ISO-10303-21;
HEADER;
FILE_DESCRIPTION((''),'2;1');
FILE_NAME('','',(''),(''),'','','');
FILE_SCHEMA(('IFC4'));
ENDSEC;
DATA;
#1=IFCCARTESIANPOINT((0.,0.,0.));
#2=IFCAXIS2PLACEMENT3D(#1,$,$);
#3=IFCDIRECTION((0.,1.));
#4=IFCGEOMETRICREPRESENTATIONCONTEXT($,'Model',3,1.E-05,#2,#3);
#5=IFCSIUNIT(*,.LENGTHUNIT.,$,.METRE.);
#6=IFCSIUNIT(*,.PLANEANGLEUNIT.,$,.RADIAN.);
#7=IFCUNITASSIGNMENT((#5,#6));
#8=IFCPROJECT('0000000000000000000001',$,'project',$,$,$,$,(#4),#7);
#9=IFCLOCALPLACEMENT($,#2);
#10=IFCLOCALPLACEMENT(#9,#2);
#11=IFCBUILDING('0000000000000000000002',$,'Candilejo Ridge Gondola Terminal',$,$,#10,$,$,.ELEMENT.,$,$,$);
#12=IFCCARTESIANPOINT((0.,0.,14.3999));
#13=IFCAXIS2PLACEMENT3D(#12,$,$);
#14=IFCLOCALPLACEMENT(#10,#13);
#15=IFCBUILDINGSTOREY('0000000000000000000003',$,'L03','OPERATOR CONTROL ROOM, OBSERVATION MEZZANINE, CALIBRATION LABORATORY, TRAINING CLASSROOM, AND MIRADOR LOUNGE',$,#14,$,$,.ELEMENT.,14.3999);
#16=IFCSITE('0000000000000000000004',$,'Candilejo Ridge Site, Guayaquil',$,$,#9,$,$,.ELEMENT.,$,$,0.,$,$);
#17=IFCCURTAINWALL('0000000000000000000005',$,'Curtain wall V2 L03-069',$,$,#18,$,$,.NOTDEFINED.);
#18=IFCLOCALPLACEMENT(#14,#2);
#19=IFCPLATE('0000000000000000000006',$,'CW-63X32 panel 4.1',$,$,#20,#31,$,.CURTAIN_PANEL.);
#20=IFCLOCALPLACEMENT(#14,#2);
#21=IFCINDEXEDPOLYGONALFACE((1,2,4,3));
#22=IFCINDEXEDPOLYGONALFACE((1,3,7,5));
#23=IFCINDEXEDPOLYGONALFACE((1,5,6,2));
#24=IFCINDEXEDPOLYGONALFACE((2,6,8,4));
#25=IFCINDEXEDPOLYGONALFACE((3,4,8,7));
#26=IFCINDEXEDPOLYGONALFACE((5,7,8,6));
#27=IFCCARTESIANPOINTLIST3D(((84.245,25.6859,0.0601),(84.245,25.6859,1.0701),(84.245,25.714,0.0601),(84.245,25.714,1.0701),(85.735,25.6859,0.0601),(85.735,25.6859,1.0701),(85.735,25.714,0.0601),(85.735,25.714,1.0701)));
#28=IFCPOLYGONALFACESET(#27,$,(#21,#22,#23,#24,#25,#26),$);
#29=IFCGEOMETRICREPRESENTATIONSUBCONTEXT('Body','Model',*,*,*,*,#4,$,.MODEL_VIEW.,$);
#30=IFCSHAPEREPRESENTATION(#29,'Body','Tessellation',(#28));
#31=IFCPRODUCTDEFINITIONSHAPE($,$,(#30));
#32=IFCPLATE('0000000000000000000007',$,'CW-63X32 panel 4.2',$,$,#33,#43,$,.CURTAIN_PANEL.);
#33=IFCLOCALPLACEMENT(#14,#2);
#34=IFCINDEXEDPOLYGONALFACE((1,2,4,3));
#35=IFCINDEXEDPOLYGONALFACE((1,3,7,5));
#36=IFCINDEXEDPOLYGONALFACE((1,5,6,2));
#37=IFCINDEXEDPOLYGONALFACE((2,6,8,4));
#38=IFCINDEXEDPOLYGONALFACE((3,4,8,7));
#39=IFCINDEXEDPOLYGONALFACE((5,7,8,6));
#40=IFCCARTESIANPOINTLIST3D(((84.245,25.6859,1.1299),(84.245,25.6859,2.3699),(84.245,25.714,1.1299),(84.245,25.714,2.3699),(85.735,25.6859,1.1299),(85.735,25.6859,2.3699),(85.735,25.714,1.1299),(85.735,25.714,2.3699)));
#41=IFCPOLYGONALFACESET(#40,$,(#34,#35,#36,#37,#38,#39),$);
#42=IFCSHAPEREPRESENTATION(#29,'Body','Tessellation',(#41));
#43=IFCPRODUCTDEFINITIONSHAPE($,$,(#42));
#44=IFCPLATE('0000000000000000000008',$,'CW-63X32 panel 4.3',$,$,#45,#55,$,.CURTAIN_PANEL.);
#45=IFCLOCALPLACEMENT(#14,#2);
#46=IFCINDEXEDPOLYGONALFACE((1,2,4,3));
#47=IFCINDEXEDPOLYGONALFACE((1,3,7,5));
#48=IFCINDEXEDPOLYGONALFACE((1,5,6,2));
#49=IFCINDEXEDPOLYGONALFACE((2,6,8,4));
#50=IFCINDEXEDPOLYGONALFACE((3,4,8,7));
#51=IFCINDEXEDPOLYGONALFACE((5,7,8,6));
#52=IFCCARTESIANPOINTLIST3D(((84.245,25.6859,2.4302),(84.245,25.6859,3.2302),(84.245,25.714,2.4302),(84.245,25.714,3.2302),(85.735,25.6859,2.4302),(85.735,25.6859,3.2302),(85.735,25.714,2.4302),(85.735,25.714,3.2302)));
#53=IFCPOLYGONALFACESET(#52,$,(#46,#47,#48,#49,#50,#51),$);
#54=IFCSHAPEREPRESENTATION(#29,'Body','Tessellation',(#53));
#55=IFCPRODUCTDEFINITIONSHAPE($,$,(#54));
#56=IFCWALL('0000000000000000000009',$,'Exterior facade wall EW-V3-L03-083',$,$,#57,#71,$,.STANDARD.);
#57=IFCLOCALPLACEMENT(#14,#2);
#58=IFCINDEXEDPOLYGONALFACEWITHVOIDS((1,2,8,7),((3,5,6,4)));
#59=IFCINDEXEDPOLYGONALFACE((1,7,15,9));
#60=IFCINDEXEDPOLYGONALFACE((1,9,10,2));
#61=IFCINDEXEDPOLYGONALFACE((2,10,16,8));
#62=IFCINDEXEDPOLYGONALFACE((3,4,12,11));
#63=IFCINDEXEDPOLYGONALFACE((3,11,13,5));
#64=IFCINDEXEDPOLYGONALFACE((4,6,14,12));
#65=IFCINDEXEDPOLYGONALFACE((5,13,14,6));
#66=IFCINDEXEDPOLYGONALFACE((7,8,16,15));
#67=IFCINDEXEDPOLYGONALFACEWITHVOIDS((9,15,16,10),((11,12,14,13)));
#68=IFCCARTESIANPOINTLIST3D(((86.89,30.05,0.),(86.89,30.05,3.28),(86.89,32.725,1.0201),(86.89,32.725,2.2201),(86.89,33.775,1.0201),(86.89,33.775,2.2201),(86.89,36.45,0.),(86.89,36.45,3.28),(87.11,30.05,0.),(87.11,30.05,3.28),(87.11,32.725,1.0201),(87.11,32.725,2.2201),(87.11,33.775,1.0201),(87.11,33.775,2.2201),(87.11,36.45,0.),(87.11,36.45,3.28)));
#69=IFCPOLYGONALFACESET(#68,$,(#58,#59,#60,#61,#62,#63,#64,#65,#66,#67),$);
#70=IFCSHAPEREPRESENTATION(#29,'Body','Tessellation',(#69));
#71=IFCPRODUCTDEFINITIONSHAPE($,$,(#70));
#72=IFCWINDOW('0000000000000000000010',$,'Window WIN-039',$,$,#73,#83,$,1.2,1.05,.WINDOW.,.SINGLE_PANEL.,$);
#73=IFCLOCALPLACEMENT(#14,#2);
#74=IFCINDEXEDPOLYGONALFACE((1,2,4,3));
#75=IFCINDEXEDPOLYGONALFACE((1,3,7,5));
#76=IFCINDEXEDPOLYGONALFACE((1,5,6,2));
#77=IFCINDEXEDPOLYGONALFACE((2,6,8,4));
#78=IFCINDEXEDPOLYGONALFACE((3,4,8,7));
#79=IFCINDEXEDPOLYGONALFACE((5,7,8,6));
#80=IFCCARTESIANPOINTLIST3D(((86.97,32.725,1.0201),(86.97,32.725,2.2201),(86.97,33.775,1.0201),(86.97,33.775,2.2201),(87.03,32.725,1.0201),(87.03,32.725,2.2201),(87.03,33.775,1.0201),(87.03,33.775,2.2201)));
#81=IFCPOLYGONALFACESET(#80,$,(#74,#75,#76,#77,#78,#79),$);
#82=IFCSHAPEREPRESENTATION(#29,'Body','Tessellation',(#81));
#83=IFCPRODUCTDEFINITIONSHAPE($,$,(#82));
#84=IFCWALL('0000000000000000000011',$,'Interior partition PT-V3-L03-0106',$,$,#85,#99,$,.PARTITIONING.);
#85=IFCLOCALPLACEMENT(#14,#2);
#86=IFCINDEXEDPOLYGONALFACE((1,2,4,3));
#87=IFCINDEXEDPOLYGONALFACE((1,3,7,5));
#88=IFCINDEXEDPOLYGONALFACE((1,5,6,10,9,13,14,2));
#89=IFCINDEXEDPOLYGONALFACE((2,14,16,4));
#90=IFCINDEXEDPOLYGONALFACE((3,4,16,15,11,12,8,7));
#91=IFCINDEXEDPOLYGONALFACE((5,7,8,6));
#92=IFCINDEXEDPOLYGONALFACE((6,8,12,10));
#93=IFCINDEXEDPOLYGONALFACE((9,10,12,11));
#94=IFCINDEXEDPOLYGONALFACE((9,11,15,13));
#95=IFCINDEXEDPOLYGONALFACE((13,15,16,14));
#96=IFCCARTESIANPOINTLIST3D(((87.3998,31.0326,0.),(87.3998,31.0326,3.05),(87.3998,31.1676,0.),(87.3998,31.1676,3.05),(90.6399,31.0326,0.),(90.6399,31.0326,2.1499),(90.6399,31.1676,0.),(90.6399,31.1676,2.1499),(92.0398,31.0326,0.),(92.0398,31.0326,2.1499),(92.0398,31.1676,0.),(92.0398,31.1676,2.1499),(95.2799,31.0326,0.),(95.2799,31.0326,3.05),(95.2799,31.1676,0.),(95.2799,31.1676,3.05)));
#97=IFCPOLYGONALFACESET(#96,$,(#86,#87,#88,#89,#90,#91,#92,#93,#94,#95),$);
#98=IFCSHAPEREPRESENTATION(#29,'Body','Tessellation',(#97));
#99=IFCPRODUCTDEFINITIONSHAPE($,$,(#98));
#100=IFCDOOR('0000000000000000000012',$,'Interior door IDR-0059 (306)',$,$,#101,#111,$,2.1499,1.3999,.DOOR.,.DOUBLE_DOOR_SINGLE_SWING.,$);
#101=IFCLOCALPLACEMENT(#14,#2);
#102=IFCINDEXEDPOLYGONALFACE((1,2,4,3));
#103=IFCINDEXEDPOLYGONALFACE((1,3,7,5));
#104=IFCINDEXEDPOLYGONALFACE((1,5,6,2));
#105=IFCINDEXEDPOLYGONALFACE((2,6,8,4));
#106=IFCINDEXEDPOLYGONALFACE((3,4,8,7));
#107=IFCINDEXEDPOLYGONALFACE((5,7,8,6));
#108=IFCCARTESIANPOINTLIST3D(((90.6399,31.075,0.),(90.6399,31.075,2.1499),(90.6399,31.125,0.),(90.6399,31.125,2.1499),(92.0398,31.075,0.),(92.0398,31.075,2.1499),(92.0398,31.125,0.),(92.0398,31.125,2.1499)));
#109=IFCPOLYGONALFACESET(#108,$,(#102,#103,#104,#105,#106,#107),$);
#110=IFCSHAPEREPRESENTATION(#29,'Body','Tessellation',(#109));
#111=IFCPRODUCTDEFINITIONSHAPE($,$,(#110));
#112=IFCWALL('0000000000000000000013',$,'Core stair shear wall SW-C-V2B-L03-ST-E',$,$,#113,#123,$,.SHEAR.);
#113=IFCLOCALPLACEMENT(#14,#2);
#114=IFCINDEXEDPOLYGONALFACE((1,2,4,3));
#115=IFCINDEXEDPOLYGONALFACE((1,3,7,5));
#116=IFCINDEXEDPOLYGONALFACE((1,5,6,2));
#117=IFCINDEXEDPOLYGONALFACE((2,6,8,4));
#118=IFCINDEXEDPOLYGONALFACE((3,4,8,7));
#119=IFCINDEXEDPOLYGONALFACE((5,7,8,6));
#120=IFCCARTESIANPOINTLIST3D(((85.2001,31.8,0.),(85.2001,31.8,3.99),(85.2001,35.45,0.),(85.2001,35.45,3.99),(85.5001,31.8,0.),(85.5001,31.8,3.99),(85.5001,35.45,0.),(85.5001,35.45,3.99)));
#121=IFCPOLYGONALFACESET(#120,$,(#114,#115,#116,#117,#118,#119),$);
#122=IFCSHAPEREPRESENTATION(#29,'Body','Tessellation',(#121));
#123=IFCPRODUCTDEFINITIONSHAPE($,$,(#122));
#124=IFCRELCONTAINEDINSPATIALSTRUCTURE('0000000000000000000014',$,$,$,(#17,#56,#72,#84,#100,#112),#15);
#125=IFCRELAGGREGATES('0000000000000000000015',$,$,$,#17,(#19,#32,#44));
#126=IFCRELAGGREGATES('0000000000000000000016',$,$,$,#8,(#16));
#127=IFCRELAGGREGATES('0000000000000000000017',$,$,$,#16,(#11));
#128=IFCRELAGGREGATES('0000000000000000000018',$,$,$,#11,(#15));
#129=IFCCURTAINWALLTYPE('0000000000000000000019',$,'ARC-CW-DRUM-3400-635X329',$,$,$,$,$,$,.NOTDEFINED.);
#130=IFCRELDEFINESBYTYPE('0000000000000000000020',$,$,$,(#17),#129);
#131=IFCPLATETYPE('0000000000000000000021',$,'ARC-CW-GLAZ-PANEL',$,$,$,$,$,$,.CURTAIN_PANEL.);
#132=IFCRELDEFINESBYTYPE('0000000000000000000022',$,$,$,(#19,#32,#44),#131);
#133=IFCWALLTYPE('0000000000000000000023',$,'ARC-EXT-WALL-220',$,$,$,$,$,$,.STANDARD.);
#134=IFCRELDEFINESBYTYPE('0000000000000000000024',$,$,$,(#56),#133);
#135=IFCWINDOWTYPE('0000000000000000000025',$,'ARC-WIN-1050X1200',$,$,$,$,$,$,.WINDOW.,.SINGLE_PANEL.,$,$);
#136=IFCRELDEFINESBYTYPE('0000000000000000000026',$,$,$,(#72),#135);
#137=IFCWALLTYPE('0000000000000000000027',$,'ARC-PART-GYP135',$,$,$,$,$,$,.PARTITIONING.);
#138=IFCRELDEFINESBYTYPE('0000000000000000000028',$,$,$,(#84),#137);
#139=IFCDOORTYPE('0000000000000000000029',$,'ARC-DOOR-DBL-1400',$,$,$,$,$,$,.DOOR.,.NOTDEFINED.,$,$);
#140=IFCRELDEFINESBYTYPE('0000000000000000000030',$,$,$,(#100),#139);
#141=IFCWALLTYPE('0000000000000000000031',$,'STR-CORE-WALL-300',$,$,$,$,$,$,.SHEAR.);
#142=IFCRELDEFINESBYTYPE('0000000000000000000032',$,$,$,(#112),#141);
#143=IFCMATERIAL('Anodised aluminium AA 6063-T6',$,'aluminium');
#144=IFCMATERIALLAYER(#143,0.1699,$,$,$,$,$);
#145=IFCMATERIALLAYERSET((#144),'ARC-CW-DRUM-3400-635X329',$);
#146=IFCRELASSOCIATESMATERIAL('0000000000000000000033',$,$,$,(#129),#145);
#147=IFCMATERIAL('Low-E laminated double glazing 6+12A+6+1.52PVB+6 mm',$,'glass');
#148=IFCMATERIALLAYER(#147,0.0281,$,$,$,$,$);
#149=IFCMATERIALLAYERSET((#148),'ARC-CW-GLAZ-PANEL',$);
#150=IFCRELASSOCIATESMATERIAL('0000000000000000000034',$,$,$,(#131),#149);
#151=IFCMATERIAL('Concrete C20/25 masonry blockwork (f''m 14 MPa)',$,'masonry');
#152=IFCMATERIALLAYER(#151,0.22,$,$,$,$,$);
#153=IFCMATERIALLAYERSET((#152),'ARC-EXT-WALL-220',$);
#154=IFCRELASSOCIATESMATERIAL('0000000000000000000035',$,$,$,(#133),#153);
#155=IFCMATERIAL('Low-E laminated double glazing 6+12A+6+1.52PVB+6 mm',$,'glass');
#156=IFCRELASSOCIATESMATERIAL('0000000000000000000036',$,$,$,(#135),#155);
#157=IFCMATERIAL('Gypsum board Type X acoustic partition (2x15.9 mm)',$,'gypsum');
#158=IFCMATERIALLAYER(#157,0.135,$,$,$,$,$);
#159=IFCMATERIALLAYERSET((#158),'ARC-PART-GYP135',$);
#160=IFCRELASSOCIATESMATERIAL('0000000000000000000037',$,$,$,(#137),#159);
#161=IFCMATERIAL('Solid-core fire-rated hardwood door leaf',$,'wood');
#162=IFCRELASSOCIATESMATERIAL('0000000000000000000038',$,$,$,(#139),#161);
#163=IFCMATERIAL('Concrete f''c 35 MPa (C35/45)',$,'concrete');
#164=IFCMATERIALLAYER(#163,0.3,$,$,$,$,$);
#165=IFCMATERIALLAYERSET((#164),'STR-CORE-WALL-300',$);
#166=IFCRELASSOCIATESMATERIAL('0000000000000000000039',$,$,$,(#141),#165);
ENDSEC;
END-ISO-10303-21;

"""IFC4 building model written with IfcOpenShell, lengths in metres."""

from ifc_helpers import new_model, si_unit, direction, frame, frame_2d, origin, origin_2d, place, context, subcontext, project, spatial, rectangle, extrude, material, layer, layer_set, type_object, element, fill, aggregate, save


model = new_model("IFC4")

# Units and contexts
model_context = context("Model", 3, precision=1e-05, world=origin(), true_north=direction((0.0, 1.0)))
body_context = subcontext(model_context, "Body", "Model", "MODEL_VIEW")
ifc_project = project(units=[si_unit("LENGTHUNIT", "METRE"), si_unit("PLANEANGLEUNIT", "RADIAN")], contexts=[model_context])

# Site, building, storey
site_placement = place(None, origin())
site = spatial("IfcSite", under=ifc_project, at=site_placement, Name="Candilejo Ridge Site, Guayaquil", CompositionType="ELEMENT", RefElevation=0.0)
building_placement = place(site_placement, origin())
building = spatial("IfcBuilding", under=site, at=building_placement, Name="Candilejo Ridge Gondola Terminal", CompositionType="ELEMENT")
storey_placement = place(building_placement, frame((0.0, 0.0, 14.3999)))
storey = spatial("IfcBuildingStorey", under=building, at=storey_placement, Name="L03", Description="OPERATOR CONTROL ROOM, OBSERVATION MEZZANINE, CALIBRATION LABORATORY, TRAINING CLASSROOM, AND MIRADOR LOUNGE", CompositionType="ELEMENT", Elevation=14.3999)

# Curtain wall
ifc_material_1 = material(Name="Anodised aluminium AA 6063-T6", Category="aluminium")
ifc_layer_1 = layer(ifc_material_1, 0.1699)
ifc_layer_set_1 = layer_set([ifc_layer_1], Name="ARC-CW-DRUM-3400-635X329")
curtain_wall_type = type_object("IfcCurtainWallType", Name="ARC-CW-DRUM-3400-635X329", PredefinedType="NOTDEFINED", material=ifc_layer_set_1)
curtain_wall_placement = place(storey_placement, origin())
curtain_wall = element("IfcCurtainWall", 1, at=curtain_wall_placement, inside=storey, type_object=curtain_wall_type, Name="Curtain wall V2 L03-069", PredefinedType="NOTDEFINED")

# Plates
ifc_material_2 = material(Name="Low-E laminated double glazing 6+12A+6+1.52PVB+6 mm", Category="glass")
ifc_layer_2 = layer(ifc_material_2, 0.0281)
ifc_layer_set_2 = layer_set([ifc_layer_2], Name="ARC-CW-GLAZ-PANEL")
plate_type = type_object("IfcPlateType", Name="ARC-CW-GLAZ-PANEL", PredefinedType="CURTAIN_PANEL", material=ifc_layer_set_2)
plate_1_placement = place(storey_placement, frame((84.99, 25.7, 0.0601), z_axis=(0.0, 0.0, 1.0), x_axis=(1.0, 0.0, 0.0)))
plate_1 = element("IfcPlate", 2, at=plate_1_placement, type_object=plate_type, Name="CW-63X32 panel 4.1", PredefinedType="CURTAIN_PANEL", context=body_context, shape_type="SweptSolid", body=[
    extrude(rectangle(XDim=1.49, YDim=0.0281, at=origin_2d()), origin(), (0.0, 0.0, 1.0), 1.01),
])
plate_2_placement = place(storey_placement, frame((84.99, 25.7, 1.1299), z_axis=(0.0, 0.0, 1.0), x_axis=(1.0, 0.0, 0.0)))
plate_2 = element("IfcPlate", 3, at=plate_2_placement, type_object=plate_type, Name="CW-63X32 panel 4.2", PredefinedType="CURTAIN_PANEL", context=body_context, shape_type="SweptSolid", body=[
    extrude(rectangle(XDim=1.49, YDim=0.0281, at=origin_2d()), origin(), (0.0, 0.0, 1.0), 1.24),
])
plate_3_placement = place(storey_placement, frame((84.99, 25.7, 2.4302), z_axis=(0.0, 0.0, 1.0), x_axis=(1.0, 0.0, 0.0)))
plate_3 = element("IfcPlate", 4, at=plate_3_placement, type_object=plate_type, Name="CW-63X32 panel 4.3", PredefinedType="CURTAIN_PANEL", context=body_context, shape_type="SweptSolid", body=[
    extrude(rectangle(XDim=1.49, YDim=0.0281, at=origin_2d()), origin(), (0.0, 0.0, 1.0), 0.8),
])
aggregate(curtain_wall, [plate_1, plate_2, plate_3])

# Wall, opening, window
ifc_material_3 = material(Name="Concrete C20/25 masonry blockwork (f'm 14 MPa)", Category="masonry")
ifc_layer_3 = layer(ifc_material_3, 0.22)
ifc_layer_set_3 = layer_set([ifc_layer_3], Name="ARC-EXT-WALL-220")
wall_type_1 = type_object("IfcWallType", Name="ARC-EXT-WALL-220", PredefinedType="STANDARD", material=ifc_layer_set_3)
wall_1_placement = place(storey_placement, frame((87.0, 30.05, 0.0), z_axis=(0.0, 0.0, 1.0), x_axis=(0.0, 1.0, 0.0)))
wall_1 = element("IfcWall", 5, at=wall_1_placement, inside=storey, type_object=wall_type_1, Name="Exterior facade wall EW-V3-L03-083", PredefinedType="STANDARD", context=body_context, shape_type="SweptSolid", body=[
    extrude(rectangle(XDim=6.3999, YDim=0.22, at=frame_2d((3.2, 0.0))), origin(), (0.0, 0.0, 1.0), 3.28),
])
opening_1_placement = place(wall_1_placement, frame((2.675, 0.0, 1.02)))
opening_1 = element("IfcOpeningElement", 6, at=opening_1_placement, cuts=wall_1, PredefinedType="OPENING", context=body_context, shape_type="SweptSolid", body=[
    extrude(rectangle(XDim=1.05, YDim=1.2, at=frame_2d((0.5249, 0.6001))), frame((0.0, 0.1199, 0.0), z_axis=(0.0, -1.0, 0.0), x_axis=(1.0, 0.0, 0.0)), (0.0, 0.0, 1.0), 0.24),
])
ifc_material_4 = material(Name="Low-E laminated double glazing 6+12A+6+1.52PVB+6 mm", Category="glass")
window_type = type_object("IfcWindowType", Name="ARC-WIN-1050X1200", PartitioningType="SINGLE_PANEL", PredefinedType="WINDOW", material=ifc_material_4)
window_placement = place(opening_1_placement, origin())
window = element("IfcWindow", 7, at=window_placement, inside=storey, type_object=window_type, Name="Window WIN-039", OverallHeight=1.2, OverallWidth=1.05, PartitioningType="SINGLE_PANEL", PredefinedType="WINDOW", context=body_context, shape_type="SweptSolid", body=[
    extrude(rectangle(XDim=1.05, YDim=1.2, at=frame_2d((0.5249, 0.6001))), frame((0.0, 0.03, 0.0), z_axis=(0.0, -1.0, 0.0), x_axis=(1.0, 0.0, 0.0)), (0.0, 0.0, 1.0), 0.0601),
])
fill(opening_1, window)

# Wall, opening, door
ifc_material_5 = material(Name="Gypsum board Type X acoustic partition (2x15.9 mm)", Category="gypsum")
ifc_layer_4 = layer(ifc_material_5, 0.135)
ifc_layer_set_4 = layer_set([ifc_layer_4], Name="ARC-PART-GYP135")
wall_type_2 = type_object("IfcWallType", Name="ARC-PART-GYP135", PredefinedType="PARTITIONING", material=ifc_layer_set_4)
wall_2_placement = place(storey_placement, frame((87.3999, 31.1001, 0.0), z_axis=(0.0, 0.0, 1.0), x_axis=(1.0, 0.0, 0.0)))
wall_2 = element("IfcWall", 8, at=wall_2_placement, inside=storey, type_object=wall_type_2, Name="Interior partition PT-V3-L03-0106", PredefinedType="PARTITIONING", context=body_context, shape_type="SweptSolid", body=[
    extrude(rectangle(XDim=7.8801, YDim=0.135, at=frame_2d((3.9399, 0.0))), origin(), (0.0, 0.0, 1.0), 3.05),
])
opening_2_placement = place(wall_2_placement, frame((3.24, 0.0, 0.0)))
opening_2 = element("IfcOpeningElement", 9, at=opening_2_placement, cuts=wall_2, PredefinedType="OPENING", context=body_context, shape_type="SweptSolid", body=[
    extrude(rectangle(XDim=1.3999, YDim=2.1499, at=frame_2d((0.7, 1.075))), frame((0.0, 0.0774, 0.0), z_axis=(0.0, -1.0, 0.0), x_axis=(1.0, 0.0, 0.0)), (0.0, 0.0, 1.0), 0.155),
])
ifc_material_6 = material(Name="Solid-core fire-rated hardwood door leaf", Category="wood")
door_type = type_object("IfcDoorType", Name="ARC-DOOR-DBL-1400", OperationType="NOTDEFINED", PredefinedType="DOOR", material=ifc_material_6)
door_placement = place(opening_2_placement, origin())
door = element("IfcDoor", 10, at=door_placement, inside=storey, type_object=door_type, Name="Interior door IDR-0059 (306)", OperationType="DOUBLE_DOOR_SINGLE_SWING", OverallHeight=2.1499, OverallWidth=1.3999, PredefinedType="DOOR", context=body_context, shape_type="SweptSolid", body=[
    extrude(rectangle(XDim=1.3999, YDim=2.1499, at=frame_2d((0.7, 1.075))), frame((0.0, 0.0249, 0.0), z_axis=(0.0, -1.0, 0.0), x_axis=(1.0, 0.0, 0.0)), (0.0, 0.0, 1.0), 0.05),
])
fill(opening_2, door)

# Wall
ifc_material_7 = material(Name="Concrete f'c 35 MPa (C35/45)", Category="concrete")
ifc_layer_5 = layer(ifc_material_7, 0.3)
ifc_layer_set_5 = layer_set([ifc_layer_5], Name="STR-CORE-WALL-300")
wall_type_3 = type_object("IfcWallType", Name="STR-CORE-WALL-300", PredefinedType="SHEAR", material=ifc_layer_set_5)
wall_3_placement = place(storey_placement, frame((85.3501, 31.8, 0.0), z_axis=(0.0, 0.0, 1.0), x_axis=(0.0, 1.0, 0.0)))
element("IfcWall", 11, at=wall_3_placement, inside=storey, type_object=wall_type_3, Name="Core stair shear wall SW-C-V2B-L03-ST-E", PredefinedType="SHEAR", context=body_context, shape_type="SweptSolid", body=[
    extrude(rectangle(XDim=3.6499, YDim=0.3, at=frame_2d((1.825, 0.0))), origin(), (0.0, 0.0, 1.0), 3.99),
])

save(model, "model.ifc")
